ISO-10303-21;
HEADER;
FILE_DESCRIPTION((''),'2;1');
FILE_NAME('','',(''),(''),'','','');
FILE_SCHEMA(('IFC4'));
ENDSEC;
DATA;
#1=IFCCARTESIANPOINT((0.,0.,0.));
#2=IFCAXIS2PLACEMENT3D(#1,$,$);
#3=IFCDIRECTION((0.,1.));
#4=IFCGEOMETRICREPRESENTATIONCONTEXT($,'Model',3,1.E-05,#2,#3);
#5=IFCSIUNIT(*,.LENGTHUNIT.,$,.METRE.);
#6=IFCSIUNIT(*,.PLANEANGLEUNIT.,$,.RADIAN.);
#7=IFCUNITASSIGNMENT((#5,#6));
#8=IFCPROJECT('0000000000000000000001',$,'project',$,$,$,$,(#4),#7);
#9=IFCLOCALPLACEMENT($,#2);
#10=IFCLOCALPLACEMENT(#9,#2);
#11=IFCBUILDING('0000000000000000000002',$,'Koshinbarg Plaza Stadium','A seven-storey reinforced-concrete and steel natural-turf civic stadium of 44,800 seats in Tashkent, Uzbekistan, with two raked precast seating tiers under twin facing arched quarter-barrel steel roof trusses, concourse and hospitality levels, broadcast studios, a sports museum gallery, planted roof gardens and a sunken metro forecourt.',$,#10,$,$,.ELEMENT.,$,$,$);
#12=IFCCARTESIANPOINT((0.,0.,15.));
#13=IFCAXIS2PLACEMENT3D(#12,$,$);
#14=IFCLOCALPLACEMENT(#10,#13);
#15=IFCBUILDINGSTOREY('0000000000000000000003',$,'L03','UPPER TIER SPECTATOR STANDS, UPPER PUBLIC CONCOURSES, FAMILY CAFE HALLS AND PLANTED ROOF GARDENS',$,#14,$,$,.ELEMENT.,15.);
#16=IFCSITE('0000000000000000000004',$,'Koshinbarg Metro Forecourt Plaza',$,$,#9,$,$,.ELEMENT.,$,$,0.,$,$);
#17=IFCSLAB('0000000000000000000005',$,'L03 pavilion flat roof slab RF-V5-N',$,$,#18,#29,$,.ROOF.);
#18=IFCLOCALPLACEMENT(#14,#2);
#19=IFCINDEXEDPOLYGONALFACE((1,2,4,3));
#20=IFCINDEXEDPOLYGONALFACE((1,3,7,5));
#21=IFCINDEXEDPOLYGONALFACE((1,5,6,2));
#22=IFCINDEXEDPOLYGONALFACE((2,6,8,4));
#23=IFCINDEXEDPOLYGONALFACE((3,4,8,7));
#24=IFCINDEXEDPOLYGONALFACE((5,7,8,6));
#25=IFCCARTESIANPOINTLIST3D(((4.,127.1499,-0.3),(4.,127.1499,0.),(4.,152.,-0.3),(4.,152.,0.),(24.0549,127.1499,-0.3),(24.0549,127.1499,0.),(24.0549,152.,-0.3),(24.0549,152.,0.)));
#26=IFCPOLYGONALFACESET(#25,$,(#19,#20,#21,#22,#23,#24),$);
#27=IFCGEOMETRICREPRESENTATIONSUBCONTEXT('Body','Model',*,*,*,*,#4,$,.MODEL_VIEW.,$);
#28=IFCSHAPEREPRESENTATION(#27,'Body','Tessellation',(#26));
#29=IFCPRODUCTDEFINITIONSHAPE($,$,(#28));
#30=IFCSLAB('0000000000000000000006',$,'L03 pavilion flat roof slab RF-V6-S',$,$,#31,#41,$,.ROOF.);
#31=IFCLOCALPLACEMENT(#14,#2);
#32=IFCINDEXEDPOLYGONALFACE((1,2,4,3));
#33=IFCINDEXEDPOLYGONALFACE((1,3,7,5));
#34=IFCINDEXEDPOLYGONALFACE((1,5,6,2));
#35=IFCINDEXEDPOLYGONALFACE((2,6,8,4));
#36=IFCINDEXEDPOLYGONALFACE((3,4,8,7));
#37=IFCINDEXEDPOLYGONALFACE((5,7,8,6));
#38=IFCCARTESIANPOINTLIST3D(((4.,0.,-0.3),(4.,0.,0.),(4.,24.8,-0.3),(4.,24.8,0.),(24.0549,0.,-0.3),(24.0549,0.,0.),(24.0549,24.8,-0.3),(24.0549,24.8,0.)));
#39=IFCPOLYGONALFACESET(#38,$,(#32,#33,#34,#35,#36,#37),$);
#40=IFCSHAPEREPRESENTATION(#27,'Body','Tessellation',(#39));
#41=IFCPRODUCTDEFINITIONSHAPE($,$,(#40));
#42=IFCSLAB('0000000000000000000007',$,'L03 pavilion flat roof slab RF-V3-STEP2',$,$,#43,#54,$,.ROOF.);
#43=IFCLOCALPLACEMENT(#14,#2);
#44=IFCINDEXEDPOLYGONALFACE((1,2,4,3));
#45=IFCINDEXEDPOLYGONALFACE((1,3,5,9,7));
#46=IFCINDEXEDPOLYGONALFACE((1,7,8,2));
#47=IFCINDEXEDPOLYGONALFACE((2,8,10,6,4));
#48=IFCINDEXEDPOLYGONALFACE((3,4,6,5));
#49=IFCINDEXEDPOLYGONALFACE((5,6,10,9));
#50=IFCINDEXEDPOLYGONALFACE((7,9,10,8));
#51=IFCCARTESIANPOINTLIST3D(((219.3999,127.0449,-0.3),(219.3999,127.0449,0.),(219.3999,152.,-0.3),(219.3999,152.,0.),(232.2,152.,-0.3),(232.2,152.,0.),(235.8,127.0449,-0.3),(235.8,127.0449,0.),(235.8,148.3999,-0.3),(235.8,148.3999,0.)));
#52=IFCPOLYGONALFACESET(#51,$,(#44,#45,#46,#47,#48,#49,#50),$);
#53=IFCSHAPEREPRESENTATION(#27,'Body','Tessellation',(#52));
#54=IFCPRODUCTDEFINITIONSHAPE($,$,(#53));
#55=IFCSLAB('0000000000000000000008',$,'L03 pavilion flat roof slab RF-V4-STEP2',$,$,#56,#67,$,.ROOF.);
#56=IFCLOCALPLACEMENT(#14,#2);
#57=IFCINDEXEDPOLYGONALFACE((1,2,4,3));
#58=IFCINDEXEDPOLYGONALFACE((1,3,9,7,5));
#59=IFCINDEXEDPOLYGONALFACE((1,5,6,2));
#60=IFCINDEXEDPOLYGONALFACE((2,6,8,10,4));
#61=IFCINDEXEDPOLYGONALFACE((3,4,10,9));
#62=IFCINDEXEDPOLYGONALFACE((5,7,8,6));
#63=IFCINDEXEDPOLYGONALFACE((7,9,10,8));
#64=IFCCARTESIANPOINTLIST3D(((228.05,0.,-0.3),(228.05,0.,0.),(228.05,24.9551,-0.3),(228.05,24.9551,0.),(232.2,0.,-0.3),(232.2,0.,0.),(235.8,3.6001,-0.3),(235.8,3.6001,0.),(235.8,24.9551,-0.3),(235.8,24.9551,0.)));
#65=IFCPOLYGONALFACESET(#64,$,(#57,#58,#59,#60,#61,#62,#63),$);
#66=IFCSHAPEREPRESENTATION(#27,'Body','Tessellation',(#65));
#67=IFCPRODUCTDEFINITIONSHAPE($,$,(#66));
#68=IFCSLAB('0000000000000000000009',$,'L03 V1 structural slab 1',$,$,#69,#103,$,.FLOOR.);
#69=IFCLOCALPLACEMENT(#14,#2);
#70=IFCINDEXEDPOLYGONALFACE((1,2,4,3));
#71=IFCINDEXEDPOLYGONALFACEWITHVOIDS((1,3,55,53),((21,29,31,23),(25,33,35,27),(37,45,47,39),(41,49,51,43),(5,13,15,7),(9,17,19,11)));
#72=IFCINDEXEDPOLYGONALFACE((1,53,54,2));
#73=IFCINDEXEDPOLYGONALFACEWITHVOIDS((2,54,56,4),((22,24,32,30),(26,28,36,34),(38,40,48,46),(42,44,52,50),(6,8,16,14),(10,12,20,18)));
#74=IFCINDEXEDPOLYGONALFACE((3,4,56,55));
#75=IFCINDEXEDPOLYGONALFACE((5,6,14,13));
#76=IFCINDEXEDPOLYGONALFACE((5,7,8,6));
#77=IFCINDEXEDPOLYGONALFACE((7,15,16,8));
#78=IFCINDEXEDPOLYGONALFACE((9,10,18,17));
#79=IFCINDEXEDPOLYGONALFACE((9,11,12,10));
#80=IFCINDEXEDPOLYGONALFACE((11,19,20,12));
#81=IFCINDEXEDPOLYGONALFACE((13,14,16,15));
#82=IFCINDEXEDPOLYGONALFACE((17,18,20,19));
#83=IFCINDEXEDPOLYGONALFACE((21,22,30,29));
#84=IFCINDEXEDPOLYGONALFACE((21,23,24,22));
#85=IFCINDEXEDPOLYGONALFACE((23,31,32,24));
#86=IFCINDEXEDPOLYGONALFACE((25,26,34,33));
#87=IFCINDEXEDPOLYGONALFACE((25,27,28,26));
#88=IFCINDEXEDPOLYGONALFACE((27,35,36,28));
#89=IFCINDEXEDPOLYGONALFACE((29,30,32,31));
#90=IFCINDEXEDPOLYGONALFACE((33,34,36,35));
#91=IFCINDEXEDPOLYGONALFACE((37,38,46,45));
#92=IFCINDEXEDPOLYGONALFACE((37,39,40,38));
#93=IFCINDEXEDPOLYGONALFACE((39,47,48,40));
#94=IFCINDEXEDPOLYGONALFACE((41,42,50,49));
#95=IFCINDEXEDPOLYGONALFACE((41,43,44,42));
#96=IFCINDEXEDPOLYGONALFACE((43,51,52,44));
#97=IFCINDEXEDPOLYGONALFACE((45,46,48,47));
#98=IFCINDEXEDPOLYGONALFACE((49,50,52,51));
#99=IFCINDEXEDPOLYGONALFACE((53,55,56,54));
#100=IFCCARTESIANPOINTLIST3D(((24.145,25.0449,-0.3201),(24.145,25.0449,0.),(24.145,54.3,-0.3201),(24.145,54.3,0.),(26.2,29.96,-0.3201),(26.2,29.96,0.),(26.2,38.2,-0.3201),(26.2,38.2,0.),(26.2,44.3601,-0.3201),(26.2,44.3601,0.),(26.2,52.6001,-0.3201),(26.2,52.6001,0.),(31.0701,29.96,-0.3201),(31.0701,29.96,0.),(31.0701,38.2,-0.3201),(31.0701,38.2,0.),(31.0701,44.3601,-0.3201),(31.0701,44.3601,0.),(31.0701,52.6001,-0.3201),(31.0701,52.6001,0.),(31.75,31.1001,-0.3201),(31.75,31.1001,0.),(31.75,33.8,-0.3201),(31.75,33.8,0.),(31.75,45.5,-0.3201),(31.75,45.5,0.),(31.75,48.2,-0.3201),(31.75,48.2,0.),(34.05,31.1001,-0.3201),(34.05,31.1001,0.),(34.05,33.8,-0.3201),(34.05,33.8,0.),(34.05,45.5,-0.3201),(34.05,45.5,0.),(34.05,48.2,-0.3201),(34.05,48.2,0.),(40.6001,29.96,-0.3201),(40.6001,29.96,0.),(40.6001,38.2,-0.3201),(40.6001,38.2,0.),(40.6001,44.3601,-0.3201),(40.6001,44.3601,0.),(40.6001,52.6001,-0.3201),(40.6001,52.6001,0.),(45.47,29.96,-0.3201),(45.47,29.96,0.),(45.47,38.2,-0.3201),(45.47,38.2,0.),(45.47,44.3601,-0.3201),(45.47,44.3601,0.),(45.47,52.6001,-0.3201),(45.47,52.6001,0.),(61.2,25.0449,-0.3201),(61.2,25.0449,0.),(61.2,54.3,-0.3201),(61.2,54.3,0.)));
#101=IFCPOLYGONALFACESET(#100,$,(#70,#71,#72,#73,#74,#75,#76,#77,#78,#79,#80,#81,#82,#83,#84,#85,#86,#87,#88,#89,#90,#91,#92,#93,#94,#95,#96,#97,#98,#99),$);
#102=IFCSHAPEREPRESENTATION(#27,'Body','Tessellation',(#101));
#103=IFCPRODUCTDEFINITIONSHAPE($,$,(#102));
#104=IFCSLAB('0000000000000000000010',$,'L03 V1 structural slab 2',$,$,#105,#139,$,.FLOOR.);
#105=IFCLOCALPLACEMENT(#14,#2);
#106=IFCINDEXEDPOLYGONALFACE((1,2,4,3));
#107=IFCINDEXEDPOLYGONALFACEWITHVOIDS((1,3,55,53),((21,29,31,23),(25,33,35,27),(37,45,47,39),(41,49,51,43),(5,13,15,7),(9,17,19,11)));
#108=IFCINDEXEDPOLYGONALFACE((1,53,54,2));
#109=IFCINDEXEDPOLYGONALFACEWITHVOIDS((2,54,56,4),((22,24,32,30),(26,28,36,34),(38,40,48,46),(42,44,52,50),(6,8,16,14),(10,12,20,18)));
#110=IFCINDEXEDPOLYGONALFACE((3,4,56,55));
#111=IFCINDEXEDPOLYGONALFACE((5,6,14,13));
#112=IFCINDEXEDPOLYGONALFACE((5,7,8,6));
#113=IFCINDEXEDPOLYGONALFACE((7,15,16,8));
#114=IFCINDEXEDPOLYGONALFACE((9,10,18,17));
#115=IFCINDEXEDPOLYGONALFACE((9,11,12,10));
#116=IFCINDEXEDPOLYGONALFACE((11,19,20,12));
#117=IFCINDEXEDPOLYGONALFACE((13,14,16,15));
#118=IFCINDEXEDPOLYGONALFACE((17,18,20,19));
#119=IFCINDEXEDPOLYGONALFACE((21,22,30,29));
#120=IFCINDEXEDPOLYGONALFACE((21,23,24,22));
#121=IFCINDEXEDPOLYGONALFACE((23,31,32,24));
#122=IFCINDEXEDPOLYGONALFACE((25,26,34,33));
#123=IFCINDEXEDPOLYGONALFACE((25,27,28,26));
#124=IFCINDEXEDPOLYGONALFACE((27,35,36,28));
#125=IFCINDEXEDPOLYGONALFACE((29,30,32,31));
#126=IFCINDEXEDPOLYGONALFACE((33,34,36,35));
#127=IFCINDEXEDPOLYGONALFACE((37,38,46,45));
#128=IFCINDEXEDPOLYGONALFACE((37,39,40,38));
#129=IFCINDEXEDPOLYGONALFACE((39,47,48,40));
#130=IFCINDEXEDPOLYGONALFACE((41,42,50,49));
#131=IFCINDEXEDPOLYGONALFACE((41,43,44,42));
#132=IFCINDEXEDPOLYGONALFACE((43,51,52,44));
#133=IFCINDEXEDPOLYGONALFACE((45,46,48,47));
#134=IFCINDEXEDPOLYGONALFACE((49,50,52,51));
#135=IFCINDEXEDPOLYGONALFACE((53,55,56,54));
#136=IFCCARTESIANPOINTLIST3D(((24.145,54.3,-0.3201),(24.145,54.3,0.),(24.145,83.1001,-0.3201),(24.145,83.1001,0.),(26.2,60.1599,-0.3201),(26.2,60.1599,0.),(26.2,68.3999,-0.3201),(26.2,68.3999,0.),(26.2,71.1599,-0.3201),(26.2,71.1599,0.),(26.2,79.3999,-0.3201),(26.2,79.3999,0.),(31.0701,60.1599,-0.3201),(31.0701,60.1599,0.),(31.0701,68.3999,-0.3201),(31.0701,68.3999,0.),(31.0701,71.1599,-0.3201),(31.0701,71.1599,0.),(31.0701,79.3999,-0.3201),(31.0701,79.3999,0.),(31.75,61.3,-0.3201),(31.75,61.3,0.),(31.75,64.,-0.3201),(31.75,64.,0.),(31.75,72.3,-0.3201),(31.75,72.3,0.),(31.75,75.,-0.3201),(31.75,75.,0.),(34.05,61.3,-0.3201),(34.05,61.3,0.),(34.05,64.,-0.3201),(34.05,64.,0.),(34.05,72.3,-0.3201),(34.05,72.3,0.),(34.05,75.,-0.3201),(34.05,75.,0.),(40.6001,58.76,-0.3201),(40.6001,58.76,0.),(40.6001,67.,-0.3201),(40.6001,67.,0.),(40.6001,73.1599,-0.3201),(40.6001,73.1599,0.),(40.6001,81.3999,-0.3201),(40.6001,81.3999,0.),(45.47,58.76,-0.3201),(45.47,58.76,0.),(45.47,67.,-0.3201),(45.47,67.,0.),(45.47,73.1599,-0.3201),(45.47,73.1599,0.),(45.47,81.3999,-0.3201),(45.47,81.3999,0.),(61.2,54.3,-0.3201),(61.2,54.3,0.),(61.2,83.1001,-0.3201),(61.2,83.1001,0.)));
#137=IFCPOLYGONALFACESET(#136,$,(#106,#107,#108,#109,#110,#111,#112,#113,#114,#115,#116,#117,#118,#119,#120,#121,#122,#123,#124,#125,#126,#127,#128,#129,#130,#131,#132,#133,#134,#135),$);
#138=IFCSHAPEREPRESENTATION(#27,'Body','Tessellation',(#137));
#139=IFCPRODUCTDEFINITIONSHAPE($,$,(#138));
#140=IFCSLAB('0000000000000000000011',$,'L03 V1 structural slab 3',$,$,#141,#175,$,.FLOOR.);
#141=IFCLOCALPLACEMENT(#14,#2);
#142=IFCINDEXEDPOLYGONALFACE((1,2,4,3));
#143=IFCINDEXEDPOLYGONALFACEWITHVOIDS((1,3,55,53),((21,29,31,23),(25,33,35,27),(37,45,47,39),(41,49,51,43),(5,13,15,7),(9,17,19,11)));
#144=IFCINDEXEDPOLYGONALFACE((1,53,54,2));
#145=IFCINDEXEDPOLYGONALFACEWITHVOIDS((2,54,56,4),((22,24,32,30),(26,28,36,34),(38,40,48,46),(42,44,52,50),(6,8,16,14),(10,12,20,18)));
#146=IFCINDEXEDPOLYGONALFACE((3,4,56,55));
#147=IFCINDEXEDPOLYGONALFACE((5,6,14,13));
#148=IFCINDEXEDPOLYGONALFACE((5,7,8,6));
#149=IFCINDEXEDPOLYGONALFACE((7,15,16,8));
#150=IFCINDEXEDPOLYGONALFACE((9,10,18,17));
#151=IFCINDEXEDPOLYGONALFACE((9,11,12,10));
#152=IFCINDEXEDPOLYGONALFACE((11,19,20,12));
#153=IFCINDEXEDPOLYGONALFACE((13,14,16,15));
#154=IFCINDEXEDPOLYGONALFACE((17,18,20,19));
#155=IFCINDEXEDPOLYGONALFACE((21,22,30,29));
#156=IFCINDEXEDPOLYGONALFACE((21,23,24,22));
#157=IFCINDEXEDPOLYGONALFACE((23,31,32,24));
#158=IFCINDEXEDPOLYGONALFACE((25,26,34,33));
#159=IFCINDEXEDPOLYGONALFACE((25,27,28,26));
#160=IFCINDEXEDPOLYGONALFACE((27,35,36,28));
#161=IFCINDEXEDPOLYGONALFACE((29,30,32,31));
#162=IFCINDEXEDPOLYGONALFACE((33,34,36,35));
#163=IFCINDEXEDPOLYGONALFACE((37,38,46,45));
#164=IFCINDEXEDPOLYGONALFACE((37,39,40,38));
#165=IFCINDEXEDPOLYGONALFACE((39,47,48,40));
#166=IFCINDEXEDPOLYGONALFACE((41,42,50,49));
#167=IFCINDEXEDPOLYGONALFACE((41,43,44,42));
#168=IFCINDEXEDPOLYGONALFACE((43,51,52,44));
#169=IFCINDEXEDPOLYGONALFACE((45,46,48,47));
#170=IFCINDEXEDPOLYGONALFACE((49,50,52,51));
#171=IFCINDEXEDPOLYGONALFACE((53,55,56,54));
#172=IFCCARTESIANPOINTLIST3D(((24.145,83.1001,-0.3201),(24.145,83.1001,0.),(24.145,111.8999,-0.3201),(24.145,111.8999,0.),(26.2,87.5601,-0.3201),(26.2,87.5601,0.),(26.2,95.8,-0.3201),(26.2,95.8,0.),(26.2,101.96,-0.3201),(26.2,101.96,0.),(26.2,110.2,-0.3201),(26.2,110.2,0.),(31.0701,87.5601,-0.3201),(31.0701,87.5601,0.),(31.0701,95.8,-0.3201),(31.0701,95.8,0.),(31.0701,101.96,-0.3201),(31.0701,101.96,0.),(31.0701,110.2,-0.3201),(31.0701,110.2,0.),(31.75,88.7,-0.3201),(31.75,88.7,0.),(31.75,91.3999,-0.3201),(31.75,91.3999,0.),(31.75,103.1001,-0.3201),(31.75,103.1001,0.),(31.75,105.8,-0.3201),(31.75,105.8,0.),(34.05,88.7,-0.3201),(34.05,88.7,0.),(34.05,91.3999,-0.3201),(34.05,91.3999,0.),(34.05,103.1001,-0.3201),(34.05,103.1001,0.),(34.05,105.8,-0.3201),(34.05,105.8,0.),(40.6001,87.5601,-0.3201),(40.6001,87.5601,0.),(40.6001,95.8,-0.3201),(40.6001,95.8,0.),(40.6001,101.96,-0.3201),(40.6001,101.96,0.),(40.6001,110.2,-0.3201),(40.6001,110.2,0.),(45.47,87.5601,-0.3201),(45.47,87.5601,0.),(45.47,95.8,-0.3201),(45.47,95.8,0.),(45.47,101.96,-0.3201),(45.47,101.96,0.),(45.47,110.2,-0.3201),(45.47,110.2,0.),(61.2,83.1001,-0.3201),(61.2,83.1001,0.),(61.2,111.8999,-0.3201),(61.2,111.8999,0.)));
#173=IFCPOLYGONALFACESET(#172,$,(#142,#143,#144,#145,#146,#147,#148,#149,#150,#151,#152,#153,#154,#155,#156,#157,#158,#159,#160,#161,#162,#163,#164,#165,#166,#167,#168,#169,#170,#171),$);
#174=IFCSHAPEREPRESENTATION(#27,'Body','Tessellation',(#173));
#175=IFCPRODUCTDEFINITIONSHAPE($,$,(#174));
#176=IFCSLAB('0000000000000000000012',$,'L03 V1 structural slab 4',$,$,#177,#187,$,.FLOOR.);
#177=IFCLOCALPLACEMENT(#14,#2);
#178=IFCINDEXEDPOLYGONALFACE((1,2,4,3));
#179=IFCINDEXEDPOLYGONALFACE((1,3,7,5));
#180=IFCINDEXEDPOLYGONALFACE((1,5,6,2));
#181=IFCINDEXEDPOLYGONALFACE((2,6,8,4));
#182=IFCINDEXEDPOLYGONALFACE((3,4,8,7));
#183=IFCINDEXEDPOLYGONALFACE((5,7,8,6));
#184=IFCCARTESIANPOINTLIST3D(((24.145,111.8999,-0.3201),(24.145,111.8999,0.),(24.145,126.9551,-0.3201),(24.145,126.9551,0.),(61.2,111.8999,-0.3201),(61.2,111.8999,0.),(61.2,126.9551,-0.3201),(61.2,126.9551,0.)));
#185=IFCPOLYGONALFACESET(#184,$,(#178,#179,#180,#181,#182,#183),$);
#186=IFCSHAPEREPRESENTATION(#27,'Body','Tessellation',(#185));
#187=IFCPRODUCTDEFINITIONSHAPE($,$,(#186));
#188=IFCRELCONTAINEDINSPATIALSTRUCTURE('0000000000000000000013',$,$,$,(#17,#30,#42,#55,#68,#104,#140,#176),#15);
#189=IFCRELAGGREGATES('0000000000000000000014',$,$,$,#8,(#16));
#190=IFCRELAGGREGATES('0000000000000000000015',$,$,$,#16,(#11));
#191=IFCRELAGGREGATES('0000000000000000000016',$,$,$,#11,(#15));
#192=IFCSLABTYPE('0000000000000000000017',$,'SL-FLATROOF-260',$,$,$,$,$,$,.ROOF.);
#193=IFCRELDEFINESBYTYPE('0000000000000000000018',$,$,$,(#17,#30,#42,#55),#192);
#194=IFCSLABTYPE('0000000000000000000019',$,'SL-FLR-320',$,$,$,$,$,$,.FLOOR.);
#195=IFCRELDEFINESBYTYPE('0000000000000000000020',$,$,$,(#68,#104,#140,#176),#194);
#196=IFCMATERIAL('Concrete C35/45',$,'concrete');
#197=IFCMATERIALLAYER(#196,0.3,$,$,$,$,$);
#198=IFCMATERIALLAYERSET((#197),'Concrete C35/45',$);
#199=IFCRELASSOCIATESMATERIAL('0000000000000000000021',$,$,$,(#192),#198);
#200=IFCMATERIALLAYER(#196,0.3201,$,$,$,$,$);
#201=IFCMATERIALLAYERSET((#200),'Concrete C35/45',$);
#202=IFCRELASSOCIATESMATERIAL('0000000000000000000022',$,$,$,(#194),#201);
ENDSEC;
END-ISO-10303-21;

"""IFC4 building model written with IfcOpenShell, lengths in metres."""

from ifc_helpers import new_model, si_unit, direction, frame, origin, place, context, subcontext, project, spatial, polyline, outline, extrude, material, layer, layer_set, type_object, element, save


model = new_model("IFC4")

# Units and contexts
model_context = context("Model", 3, precision=1e-05, world=origin(), true_north=direction((0.0, 1.0)))
body_context = subcontext(model_context, "Body", "Model", "MODEL_VIEW")
ifc_project = project(units=[si_unit("LENGTHUNIT", "METRE"), si_unit("PLANEANGLEUNIT", "RADIAN")], contexts=[model_context])

# Site, building, storey
site_placement = place(None, origin())
site = spatial("IfcSite", under=ifc_project, at=site_placement, Name="Koshinbarg Metro Forecourt Plaza", CompositionType="ELEMENT", RefElevation=0.0)
building_placement = place(site_placement, origin())
building = spatial("IfcBuilding", under=site, at=building_placement, Name="Koshinbarg Plaza Stadium", Description="A seven-storey reinforced-concrete and steel natural-turf civic stadium of 44,800 seats in Tashkent, Uzbekistan, with two raked precast seating tiers under twin facing arched quarter-barrel steel roof trusses, concourse and hospitality levels, broadcast studios, a sports museum gallery, planted roof gardens and a sunken metro forecourt.", CompositionType="ELEMENT")
storey_placement = place(building_placement, frame((0.0, 0.0, 15.0)))
storey = spatial("IfcBuildingStorey", under=building, at=storey_placement, Name="L03", Description="UPPER TIER SPECTATOR STANDS, UPPER PUBLIC CONCOURSES, FAMILY CAFE HALLS AND PLANTED ROOF GARDENS", CompositionType="ELEMENT", Elevation=15.0)

# Slabs
ifc_material_1 = material(Name="Concrete C35/45", Category="concrete")
ifc_layer_1 = layer(ifc_material_1, 0.3)
ifc_layer_set_1 = layer_set([ifc_layer_1], Name="Concrete C35/45")
slab_type_1 = type_object("IfcSlabType", Name="SL-FLATROOF-260", PredefinedType="ROOF", material=ifc_layer_set_1)
slab_1_placement = place(storey_placement, frame((0.0, 0.0, -0.3)))
element("IfcSlab", 1, at=slab_1_placement, inside=storey, type_object=slab_type_1, Name="L03 pavilion flat roof slab RF-V5-N", PredefinedType="ROOF", context=body_context, shape_type="SweptSolid", body=[
    extrude(outline(polyline([(4.0, 127.1499), (24.0549, 127.1499), (24.0549, 152.0), (4.0, 152.0), (4.0, 127.1499)])), origin(), (0.0, 0.0, 1.0), 0.3),
])
slab_2_placement = place(storey_placement, frame((0.0, 0.0, -0.3)))
element("IfcSlab", 2, at=slab_2_placement, inside=storey, type_object=slab_type_1, Name="L03 pavilion flat roof slab RF-V6-S", PredefinedType="ROOF", context=body_context, shape_type="SweptSolid", body=[
    extrude(outline(polyline([(4.0, 0.0), (24.0549, 0.0), (24.0549, 24.8), (4.0, 24.8), (4.0, 0.0)])), origin(), (0.0, 0.0, 1.0), 0.3),
])
slab_3_placement = place(storey_placement, frame((0.0, 0.0, -0.3)))
element("IfcSlab", 3, at=slab_3_placement, inside=storey, type_object=slab_type_1, Name="L03 pavilion flat roof slab RF-V3-STEP2", PredefinedType="ROOF", context=body_context, shape_type="SweptSolid", body=[
    extrude(outline(polyline([(219.3999, 127.0449), (235.8, 127.0449), (235.8, 148.3999), (232.2, 152.0), (219.3999, 152.0), (219.3999, 127.0449)])), origin(), (0.0, 0.0, 1.0), 0.3),
])
slab_4_placement = place(storey_placement, frame((0.0, 0.0, -0.3)))
element("IfcSlab", 4, at=slab_4_placement, inside=storey, type_object=slab_type_1, Name="L03 pavilion flat roof slab RF-V4-STEP2", PredefinedType="ROOF", context=body_context, shape_type="SweptSolid", body=[
    extrude(outline(polyline([(228.05, 0.0), (232.2, 0.0), (235.8, 3.6001), (235.8, 24.9551), (228.05, 24.9551), (228.05, 0.0)])), origin(), (0.0, 0.0, 1.0), 0.3),
])
ifc_layer_2 = layer(ifc_material_1, 0.3201)
ifc_layer_set_2 = layer_set([ifc_layer_2], Name="Concrete C35/45")
slab_type_2 = type_object("IfcSlabType", Name="SL-FLR-320", PredefinedType="FLOOR", material=ifc_layer_set_2)
slab_5_placement = place(storey_placement, frame((0.0, 0.0, -0.3201)))
element("IfcSlab", 5, at=slab_5_placement, inside=storey, type_object=slab_type_2, Name="L03 V1 structural slab 1", PredefinedType="FLOOR", context=body_context, shape_type="SweptSolid", body=[
    extrude(outline(polyline([(24.145, 25.0449), (61.2, 25.0449), (61.2, 54.3), (24.145, 54.3), (24.145, 25.0449)]), holes=[polyline([(31.0701, 29.96), (31.0701, 38.2), (26.2, 38.2), (26.2, 29.96), (31.0701, 29.96)]), polyline([(31.75, 31.1001), (34.05, 31.1001), (34.05, 33.8), (31.75, 33.8), (31.75, 31.1001)]), polyline([(31.0701, 44.3601), (31.0701, 52.6001), (26.2, 52.6001), (26.2, 44.3601), (31.0701, 44.3601)]), polyline([(31.75, 45.5), (34.05, 45.5), (34.05, 48.2), (31.75, 48.2), (31.75, 45.5)]), polyline([(45.47, 29.96), (45.47, 38.2), (40.6001, 38.2), (40.6001, 29.96), (45.47, 29.96)]), polyline([(45.47, 44.3601), (45.47, 52.6001), (40.6001, 52.6001), (40.6001, 44.3601), (45.47, 44.3601)])]), origin(), (0.0, 0.0, 1.0), 0.3201),
])
slab_6_placement = place(storey_placement, frame((0.0, 0.0, -0.3201)))
element("IfcSlab", 6, at=slab_6_placement, inside=storey, type_object=slab_type_2, Name="L03 V1 structural slab 2", PredefinedType="FLOOR", context=body_context, shape_type="SweptSolid", body=[
    extrude(outline(polyline([(24.145, 54.3), (61.2, 54.3), (61.2, 83.1001), (24.145, 83.1001), (24.145, 54.3)]), holes=[polyline([(31.0701, 60.1599), (31.0701, 68.3999), (26.2, 68.3999), (26.2, 60.1599), (31.0701, 60.1599)]), polyline([(31.75, 61.3), (34.05, 61.3), (34.05, 64.0), (31.75, 64.0), (31.75, 61.3)]), polyline([(31.0701, 71.1599), (31.0701, 79.3999), (26.2, 79.3999), (26.2, 71.1599), (31.0701, 71.1599)]), polyline([(31.75, 72.3), (34.05, 72.3), (34.05, 75.0), (31.75, 75.0), (31.75, 72.3)]), polyline([(45.47, 58.76), (45.47, 67.0), (40.6001, 67.0), (40.6001, 58.76), (45.47, 58.76)]), polyline([(45.47, 73.1599), (45.47, 81.3999), (40.6001, 81.3999), (40.6001, 73.1599), (45.47, 73.1599)])]), origin(), (0.0, 0.0, 1.0), 0.3201),
])
slab_7_placement = place(storey_placement, frame((0.0, 0.0, -0.3201)))
element("IfcSlab", 7, at=slab_7_placement, inside=storey, type_object=slab_type_2, Name="L03 V1 structural slab 3", PredefinedType="FLOOR", context=body_context, shape_type="SweptSolid", body=[
    extrude(outline(polyline([(24.145, 83.1001), (61.2, 83.1001), (61.2, 111.8999), (24.145, 111.8999), (24.145, 83.1001)]), holes=[polyline([(31.0701, 87.5601), (31.0701, 95.8), (26.2, 95.8), (26.2, 87.5601), (31.0701, 87.5601)]), polyline([(31.75, 88.7), (34.05, 88.7), (34.05, 91.3999), (31.75, 91.3999), (31.75, 88.7)]), polyline([(31.0701, 101.96), (31.0701, 110.2), (26.2, 110.2), (26.2, 101.96), (31.0701, 101.96)]), polyline([(31.75, 103.1001), (34.05, 103.1001), (34.05, 105.8), (31.75, 105.8), (31.75, 103.1001)]), polyline([(45.47, 87.5601), (45.47, 95.8), (40.6001, 95.8), (40.6001, 87.5601), (45.47, 87.5601)]), polyline([(45.47, 101.96), (45.47, 110.2), (40.6001, 110.2), (40.6001, 101.96), (45.47, 101.96)])]), origin(), (0.0, 0.0, 1.0), 0.3201),
])
slab_8_placement = place(storey_placement, frame((0.0, 0.0, -0.3201)))
element("IfcSlab", 8, at=slab_8_placement, inside=storey, type_object=slab_type_2, Name="L03 V1 structural slab 4", PredefinedType="FLOOR", context=body_context, shape_type="SweptSolid", body=[
    extrude(outline(polyline([(24.145, 111.8999), (61.2, 111.8999), (61.2, 126.9551), (24.145, 126.9551), (24.145, 111.8999)])), origin(), (0.0, 0.0, 1.0), 0.3201),
])

save(model, "model.ifc")
